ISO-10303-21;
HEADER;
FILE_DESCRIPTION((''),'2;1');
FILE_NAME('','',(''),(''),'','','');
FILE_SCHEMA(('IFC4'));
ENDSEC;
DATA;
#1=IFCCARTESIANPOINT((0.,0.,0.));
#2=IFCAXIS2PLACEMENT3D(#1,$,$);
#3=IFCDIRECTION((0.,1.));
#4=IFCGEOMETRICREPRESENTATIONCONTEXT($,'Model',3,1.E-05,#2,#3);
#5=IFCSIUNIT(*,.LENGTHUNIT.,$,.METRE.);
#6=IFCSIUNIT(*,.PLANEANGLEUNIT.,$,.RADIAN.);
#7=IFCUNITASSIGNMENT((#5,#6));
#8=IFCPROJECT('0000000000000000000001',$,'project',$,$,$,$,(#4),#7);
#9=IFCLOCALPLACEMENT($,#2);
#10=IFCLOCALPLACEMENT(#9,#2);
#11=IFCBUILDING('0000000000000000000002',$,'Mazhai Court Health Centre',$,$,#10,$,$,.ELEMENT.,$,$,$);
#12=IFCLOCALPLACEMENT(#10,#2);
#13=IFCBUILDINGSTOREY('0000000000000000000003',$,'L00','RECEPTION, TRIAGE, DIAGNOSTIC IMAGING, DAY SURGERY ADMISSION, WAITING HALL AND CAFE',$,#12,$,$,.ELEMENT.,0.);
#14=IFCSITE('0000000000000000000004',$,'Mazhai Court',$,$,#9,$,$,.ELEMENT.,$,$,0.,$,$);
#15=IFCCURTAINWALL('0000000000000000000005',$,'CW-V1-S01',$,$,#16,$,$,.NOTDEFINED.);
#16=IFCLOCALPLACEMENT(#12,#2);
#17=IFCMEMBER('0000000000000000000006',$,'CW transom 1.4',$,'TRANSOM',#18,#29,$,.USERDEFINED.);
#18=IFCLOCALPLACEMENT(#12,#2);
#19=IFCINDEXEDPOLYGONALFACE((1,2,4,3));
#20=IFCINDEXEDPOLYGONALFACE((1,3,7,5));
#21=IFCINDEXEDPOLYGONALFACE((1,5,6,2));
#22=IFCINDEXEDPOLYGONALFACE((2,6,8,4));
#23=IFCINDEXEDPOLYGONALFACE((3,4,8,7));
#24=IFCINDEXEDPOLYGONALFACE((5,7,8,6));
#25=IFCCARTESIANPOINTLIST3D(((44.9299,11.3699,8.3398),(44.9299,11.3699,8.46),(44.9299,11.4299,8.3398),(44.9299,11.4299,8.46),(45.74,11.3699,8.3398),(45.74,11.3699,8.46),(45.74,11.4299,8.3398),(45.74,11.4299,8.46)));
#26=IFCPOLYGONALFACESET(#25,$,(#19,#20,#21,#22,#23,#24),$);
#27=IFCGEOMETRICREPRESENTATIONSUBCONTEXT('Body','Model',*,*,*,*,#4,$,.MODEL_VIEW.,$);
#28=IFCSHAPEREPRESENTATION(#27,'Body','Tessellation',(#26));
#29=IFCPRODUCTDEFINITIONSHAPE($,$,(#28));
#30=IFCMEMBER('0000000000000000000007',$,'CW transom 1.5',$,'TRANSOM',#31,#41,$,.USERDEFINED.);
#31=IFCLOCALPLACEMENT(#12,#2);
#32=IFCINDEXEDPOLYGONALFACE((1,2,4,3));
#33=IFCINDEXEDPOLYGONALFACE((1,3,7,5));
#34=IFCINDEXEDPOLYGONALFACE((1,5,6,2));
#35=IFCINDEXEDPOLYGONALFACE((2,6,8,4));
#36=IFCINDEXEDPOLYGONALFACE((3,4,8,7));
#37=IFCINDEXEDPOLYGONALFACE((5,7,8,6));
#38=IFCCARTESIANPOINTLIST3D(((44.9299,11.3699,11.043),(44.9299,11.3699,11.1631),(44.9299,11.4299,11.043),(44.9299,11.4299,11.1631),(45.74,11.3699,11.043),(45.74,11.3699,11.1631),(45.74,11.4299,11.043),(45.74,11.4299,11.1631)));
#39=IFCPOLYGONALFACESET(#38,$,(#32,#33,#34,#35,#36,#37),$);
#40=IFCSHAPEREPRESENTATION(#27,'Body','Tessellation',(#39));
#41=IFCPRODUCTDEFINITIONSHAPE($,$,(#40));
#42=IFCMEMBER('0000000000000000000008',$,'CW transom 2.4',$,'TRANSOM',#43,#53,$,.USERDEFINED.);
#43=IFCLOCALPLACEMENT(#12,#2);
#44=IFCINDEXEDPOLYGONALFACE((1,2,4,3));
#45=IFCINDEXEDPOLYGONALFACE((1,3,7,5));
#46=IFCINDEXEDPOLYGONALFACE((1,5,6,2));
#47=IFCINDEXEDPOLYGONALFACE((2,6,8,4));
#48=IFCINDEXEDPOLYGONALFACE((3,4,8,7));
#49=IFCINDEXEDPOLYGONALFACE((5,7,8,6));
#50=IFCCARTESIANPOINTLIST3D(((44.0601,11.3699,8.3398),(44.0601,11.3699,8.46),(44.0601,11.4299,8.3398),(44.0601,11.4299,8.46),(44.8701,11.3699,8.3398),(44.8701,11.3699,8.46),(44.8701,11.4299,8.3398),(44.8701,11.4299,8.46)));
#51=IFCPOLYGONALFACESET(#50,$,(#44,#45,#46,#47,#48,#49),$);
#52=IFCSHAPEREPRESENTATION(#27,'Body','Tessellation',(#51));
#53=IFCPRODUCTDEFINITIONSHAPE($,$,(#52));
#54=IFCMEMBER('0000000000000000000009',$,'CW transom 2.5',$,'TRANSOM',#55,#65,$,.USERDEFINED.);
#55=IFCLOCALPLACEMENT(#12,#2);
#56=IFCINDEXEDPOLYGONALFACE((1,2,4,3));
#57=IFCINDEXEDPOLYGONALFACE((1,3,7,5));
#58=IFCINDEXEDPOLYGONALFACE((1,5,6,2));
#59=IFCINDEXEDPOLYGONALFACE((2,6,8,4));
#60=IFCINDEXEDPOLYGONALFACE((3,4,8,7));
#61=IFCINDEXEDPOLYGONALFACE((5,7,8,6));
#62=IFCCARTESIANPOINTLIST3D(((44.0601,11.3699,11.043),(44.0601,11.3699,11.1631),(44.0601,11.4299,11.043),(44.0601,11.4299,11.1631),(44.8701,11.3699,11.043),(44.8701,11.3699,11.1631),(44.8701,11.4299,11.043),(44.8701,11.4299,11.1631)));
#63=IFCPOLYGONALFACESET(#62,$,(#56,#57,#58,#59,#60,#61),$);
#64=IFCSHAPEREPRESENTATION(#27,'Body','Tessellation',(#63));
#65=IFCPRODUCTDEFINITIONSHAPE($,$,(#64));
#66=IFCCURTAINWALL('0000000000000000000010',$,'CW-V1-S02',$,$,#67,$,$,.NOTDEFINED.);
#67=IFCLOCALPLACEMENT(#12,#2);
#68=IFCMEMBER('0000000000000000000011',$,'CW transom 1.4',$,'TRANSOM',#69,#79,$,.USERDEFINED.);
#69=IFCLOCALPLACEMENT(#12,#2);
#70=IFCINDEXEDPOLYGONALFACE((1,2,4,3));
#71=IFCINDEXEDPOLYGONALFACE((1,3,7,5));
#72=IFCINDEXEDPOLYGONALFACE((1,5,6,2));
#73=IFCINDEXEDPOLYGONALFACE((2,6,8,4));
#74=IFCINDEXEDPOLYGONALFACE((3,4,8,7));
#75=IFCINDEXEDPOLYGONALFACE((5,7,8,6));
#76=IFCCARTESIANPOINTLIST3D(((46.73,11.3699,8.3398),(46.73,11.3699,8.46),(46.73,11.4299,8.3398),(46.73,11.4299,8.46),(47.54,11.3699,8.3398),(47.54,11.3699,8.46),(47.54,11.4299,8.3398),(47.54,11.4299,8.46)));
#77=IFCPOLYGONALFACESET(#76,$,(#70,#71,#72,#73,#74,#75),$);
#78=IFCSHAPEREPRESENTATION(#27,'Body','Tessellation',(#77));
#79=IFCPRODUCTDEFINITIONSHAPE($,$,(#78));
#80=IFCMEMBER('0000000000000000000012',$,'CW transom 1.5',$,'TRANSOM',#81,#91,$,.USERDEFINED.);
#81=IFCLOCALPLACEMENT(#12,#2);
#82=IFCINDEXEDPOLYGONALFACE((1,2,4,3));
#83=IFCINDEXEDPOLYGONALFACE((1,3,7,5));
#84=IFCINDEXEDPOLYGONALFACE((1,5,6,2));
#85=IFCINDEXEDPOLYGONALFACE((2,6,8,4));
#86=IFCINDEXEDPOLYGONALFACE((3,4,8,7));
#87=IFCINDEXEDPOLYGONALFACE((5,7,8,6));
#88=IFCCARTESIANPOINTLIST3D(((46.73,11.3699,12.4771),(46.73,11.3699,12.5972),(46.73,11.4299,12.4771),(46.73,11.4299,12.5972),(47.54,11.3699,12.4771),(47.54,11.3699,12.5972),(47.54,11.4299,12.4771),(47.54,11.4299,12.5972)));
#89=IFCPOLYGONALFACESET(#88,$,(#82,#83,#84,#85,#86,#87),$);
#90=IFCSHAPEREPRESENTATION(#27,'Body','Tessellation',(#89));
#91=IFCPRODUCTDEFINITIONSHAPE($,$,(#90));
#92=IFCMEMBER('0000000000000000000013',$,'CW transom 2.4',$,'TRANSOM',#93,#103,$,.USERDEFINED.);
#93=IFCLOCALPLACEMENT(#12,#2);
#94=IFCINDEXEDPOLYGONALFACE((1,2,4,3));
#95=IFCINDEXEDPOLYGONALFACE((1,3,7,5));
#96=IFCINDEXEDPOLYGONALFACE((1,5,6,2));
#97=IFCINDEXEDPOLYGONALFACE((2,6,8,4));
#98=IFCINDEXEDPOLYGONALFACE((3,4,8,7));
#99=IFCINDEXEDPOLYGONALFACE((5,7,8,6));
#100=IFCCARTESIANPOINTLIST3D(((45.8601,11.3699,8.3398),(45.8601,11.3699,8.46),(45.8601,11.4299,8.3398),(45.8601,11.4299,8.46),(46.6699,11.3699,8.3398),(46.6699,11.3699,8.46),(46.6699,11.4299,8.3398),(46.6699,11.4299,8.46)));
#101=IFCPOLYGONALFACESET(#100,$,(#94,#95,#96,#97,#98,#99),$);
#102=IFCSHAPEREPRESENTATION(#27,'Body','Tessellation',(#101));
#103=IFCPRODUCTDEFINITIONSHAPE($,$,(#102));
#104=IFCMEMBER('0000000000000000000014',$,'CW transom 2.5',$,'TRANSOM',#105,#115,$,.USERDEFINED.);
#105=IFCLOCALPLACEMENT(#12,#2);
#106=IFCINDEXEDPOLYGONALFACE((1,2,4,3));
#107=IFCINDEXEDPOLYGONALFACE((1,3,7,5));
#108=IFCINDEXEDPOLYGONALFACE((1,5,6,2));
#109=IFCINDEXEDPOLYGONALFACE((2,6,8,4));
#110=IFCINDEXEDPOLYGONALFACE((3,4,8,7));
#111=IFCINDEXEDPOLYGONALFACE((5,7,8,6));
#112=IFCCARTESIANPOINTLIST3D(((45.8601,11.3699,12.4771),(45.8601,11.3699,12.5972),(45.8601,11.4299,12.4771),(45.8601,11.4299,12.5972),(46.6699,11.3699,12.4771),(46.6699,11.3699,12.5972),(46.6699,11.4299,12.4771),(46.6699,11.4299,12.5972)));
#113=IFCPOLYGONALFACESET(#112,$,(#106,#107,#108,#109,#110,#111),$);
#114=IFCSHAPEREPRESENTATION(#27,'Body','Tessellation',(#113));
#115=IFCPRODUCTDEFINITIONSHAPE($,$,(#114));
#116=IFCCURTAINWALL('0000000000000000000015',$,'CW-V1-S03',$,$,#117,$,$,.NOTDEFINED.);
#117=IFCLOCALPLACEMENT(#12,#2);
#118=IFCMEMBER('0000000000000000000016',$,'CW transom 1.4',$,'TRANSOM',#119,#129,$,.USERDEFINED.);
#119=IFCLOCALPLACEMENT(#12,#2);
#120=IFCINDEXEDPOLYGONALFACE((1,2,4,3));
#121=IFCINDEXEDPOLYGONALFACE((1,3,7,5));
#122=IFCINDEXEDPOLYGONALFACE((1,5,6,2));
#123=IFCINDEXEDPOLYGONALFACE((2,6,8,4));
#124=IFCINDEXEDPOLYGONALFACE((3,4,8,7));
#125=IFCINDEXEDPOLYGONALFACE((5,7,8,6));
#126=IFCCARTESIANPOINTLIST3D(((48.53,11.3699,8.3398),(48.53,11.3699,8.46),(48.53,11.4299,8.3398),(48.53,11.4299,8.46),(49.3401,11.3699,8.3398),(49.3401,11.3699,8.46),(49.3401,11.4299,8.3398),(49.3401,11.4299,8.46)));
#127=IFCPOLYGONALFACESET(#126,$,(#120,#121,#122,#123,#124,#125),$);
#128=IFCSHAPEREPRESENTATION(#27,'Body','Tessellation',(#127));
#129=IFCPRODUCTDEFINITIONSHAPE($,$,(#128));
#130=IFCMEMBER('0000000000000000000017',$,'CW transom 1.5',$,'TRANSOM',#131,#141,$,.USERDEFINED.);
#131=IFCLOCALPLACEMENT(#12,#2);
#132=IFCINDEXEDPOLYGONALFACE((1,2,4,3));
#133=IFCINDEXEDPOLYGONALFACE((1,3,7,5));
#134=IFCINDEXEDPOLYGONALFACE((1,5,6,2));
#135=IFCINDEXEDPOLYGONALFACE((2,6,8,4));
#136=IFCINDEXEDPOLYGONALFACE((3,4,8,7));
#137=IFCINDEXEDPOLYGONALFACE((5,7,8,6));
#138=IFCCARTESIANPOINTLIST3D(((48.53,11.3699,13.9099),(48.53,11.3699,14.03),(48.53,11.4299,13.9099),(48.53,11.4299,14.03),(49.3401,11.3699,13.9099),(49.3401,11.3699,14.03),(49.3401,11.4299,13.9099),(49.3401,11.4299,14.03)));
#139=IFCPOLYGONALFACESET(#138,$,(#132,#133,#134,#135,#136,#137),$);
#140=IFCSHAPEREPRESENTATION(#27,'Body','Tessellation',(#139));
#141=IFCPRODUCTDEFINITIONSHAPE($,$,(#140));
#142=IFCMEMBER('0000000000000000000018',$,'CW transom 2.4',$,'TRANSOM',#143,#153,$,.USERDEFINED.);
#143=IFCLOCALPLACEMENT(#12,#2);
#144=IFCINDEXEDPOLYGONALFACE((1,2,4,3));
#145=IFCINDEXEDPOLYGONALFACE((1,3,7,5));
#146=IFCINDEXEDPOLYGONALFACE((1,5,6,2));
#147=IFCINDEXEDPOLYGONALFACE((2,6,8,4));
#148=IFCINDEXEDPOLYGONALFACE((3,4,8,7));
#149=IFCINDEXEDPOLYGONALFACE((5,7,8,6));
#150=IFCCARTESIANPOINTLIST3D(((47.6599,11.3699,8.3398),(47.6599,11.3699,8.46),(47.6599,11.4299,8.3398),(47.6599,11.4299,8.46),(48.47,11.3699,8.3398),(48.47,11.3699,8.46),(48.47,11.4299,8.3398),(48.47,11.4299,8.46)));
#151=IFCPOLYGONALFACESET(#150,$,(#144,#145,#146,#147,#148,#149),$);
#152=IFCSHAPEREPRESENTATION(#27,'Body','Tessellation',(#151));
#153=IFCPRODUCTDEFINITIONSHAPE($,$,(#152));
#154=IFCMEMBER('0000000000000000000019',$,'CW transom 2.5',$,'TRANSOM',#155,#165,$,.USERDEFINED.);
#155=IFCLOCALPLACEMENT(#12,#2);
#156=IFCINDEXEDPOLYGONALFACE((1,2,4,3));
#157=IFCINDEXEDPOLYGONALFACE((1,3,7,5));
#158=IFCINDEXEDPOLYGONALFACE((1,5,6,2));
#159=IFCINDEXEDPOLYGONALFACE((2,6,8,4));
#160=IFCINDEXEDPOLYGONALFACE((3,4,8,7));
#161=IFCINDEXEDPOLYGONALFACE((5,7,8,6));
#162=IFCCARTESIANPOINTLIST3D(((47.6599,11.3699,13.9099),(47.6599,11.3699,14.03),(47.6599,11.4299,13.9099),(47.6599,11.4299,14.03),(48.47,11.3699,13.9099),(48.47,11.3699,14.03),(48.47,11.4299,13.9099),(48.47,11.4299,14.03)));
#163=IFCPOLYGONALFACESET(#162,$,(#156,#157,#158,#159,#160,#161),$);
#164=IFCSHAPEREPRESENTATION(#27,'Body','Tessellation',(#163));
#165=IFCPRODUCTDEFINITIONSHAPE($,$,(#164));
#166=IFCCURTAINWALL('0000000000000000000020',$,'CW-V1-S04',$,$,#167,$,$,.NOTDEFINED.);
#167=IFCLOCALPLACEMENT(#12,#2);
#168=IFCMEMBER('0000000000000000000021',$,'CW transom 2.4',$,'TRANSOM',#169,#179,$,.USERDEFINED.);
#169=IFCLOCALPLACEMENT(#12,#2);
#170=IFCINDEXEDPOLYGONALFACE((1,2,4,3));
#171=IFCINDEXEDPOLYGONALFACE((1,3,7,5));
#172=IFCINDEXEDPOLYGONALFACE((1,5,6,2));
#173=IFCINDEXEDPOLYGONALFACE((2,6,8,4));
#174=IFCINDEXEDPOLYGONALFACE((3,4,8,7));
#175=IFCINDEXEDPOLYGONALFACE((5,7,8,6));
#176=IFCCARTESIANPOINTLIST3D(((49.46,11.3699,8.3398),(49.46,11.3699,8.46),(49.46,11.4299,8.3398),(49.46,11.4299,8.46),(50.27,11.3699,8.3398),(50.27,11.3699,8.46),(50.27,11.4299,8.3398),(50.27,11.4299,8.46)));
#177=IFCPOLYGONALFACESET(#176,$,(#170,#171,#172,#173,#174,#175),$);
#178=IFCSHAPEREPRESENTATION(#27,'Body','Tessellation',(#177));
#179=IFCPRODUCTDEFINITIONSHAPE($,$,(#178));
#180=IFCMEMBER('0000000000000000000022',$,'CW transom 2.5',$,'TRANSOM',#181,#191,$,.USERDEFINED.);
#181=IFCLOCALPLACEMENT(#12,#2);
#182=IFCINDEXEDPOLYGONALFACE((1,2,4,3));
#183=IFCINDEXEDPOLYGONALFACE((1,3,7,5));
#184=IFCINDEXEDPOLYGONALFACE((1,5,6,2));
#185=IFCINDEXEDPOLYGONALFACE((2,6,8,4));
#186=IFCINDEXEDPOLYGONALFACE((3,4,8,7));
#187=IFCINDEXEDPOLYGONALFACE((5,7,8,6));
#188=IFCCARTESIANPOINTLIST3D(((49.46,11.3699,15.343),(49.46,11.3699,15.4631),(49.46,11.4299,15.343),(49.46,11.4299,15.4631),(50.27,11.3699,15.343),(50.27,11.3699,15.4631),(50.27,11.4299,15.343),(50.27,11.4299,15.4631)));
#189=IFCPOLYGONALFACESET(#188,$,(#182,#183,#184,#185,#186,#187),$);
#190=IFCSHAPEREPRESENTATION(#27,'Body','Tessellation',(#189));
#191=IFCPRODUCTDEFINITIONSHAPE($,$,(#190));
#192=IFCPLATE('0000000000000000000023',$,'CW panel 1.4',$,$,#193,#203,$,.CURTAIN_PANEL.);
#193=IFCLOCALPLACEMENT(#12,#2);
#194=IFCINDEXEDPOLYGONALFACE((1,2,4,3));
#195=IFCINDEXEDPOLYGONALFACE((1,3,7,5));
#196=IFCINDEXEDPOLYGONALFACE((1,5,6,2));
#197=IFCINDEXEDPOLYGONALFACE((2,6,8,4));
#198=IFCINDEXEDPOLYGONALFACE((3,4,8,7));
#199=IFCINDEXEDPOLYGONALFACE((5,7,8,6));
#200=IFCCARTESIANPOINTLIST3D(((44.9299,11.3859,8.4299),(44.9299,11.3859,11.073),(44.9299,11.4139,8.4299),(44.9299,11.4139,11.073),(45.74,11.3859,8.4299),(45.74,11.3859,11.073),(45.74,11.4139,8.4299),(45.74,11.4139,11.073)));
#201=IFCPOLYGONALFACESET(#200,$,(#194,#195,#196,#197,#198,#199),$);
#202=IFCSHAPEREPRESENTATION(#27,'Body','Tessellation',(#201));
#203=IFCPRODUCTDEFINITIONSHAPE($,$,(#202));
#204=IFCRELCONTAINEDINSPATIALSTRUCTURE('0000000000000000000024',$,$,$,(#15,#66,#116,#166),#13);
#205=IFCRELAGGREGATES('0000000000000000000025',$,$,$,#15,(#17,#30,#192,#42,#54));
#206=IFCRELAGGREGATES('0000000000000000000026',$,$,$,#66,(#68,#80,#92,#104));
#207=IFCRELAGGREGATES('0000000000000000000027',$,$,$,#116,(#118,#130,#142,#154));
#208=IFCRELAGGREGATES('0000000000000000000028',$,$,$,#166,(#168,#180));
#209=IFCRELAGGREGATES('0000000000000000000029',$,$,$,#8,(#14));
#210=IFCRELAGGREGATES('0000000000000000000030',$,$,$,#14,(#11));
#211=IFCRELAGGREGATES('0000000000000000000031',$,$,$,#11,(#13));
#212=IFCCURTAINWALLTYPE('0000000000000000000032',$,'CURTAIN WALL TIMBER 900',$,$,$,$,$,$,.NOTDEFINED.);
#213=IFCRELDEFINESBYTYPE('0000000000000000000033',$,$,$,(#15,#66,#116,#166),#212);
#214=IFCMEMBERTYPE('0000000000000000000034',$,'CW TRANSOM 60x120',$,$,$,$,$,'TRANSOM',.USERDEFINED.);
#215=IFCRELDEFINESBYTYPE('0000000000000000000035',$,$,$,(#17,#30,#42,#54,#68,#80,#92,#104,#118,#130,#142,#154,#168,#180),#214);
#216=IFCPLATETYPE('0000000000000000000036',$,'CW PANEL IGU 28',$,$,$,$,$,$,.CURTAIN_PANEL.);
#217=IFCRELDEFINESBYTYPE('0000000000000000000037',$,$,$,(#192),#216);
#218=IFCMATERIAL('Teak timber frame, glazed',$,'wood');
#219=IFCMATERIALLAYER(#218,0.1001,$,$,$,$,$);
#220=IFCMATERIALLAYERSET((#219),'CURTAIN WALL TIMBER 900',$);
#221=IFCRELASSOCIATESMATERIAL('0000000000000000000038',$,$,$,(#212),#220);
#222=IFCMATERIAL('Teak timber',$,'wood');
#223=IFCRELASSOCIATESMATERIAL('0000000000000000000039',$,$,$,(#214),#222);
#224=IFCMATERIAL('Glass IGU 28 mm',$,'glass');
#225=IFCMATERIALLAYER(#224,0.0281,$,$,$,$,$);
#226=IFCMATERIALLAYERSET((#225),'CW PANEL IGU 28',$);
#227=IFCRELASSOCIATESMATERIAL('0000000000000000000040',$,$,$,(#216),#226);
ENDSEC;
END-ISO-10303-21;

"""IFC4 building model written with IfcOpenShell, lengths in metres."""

from ifc_helpers import new_model, si_unit, direction, frame, origin, origin_2d, place, context, subcontext, project, spatial, rectangle, extrude, material, layer, layer_set, material_profile, profile_set, type_object, element, aggregate, save


model = new_model("IFC4")

# Units and contexts
model_context = context("Model", 3, precision=1e-05, world=origin(), true_north=direction((0.0, 1.0)))
body_context = subcontext(model_context, "Body", "Model", "MODEL_VIEW")
ifc_project = project(units=[si_unit("LENGTHUNIT", "METRE"), si_unit("PLANEANGLEUNIT", "RADIAN")], contexts=[model_context])

# Site, building, storey
site_placement = place(None, origin())
site = spatial("IfcSite", under=ifc_project, at=site_placement, Name="Mazhai Court", CompositionType="ELEMENT", RefElevation=0.0)
building_placement = place(site_placement, origin())
building = spatial("IfcBuilding", under=site, at=building_placement, Name="Mazhai Court Health Centre", CompositionType="ELEMENT")
storey_placement = place(building_placement, origin())
storey = spatial("IfcBuildingStorey", under=building, at=storey_placement, Name="L00", Description="RECEPTION, TRIAGE, DIAGNOSTIC IMAGING, DAY SURGERY ADMISSION, WAITING HALL AND CAFE", CompositionType="ELEMENT", Elevation=0.0)

# Curtain walls, members
ifc_material_1 = material(Name="Teak timber frame, glazed", Category="wood")
ifc_layer_1 = layer(ifc_material_1, 0.1001)
ifc_layer_set_1 = layer_set([ifc_layer_1], Name="CURTAIN WALL TIMBER 900")
curtain_wall_type = type_object("IfcCurtainWallType", Name="CURTAIN WALL TIMBER 900", PredefinedType="NOTDEFINED", material=ifc_layer_set_1)
curtain_wall_1_placement = place(storey_placement, origin())
curtain_wall_1 = element("IfcCurtainWall", 1, at=curtain_wall_1_placement, inside=storey, type_object=curtain_wall_type, Name="CW-V1-S01", PredefinedType="NOTDEFINED")
ifc_material_2 = material(Name="Teak timber", Category="wood")
ifc_material_profile = material_profile(ifc_material_2, rectangle(XDim=0.0601, YDim=0.1201, at=origin_2d()), Name="CW TRANSOM 60x120")
ifc_profile_set = profile_set([ifc_material_profile], Name="Teak timber")
member_type = type_object("IfcMemberType", Name="CW TRANSOM 60x120", ElementType="TRANSOM", PredefinedType="USERDEFINED", material=ifc_profile_set)
member_1_placement = place(storey_placement, frame((45.74, 11.3999, 8.3999), z_axis=(-1.0, 0.0, 0.0), x_axis=(0.0, -1.0, 0.0)))
member_1 = element("IfcMember", 2, at=member_1_placement, type_object=member_type, Name="CW transom 1.4", ObjectType="TRANSOM", PredefinedType="USERDEFINED", context=body_context, shape_type="SweptSolid", body=[
    extrude(rectangle(XDim=0.0601, YDim=0.1201, at=origin_2d()), origin(), (0.0, 0.0, 1.0), 0.8101),
])
member_2_placement = place(storey_placement, frame((45.74, 11.3999, 11.103), z_axis=(-1.0, 0.0, 0.0), x_axis=(0.0, -1.0, 0.0)))
member_2 = element("IfcMember", 3, at=member_2_placement, type_object=member_type, Name="CW transom 1.5", ObjectType="TRANSOM", PredefinedType="USERDEFINED", context=body_context, shape_type="SweptSolid", body=[
    extrude(rectangle(XDim=0.0601, YDim=0.1201, at=origin_2d()), origin(), (0.0, 0.0, 1.0), 0.8101),
])
member_3_placement = place(storey_placement, frame((44.8701, 11.3999, 8.3999), z_axis=(-1.0, 0.0, 0.0), x_axis=(0.0, -1.0, 0.0)))
member_3 = element("IfcMember", 4, at=member_3_placement, type_object=member_type, Name="CW transom 2.4", ObjectType="TRANSOM", PredefinedType="USERDEFINED", context=body_context, shape_type="SweptSolid", body=[
    extrude(rectangle(XDim=0.0601, YDim=0.1201, at=origin_2d()), origin(), (0.0, 0.0, 1.0), 0.8101),
])
member_4_placement = place(storey_placement, frame((44.8701, 11.3999, 11.103), z_axis=(-1.0, 0.0, 0.0), x_axis=(0.0, -1.0, 0.0)))
member_4 = element("IfcMember", 5, at=member_4_placement, type_object=member_type, Name="CW transom 2.5", ObjectType="TRANSOM", PredefinedType="USERDEFINED", context=body_context, shape_type="SweptSolid", body=[
    extrude(rectangle(XDim=0.0601, YDim=0.1201, at=origin_2d()), origin(), (0.0, 0.0, 1.0), 0.8101),
])
curtain_wall_2_placement = place(storey_placement, origin())
curtain_wall_2 = element("IfcCurtainWall", 6, at=curtain_wall_2_placement, inside=storey, type_object=curtain_wall_type, Name="CW-V1-S02", PredefinedType="NOTDEFINED")
member_5_placement = place(storey_placement, frame((47.54, 11.3999, 8.3999), z_axis=(-1.0, 0.0, 0.0), x_axis=(0.0, -1.0, 0.0)))
member_5 = element("IfcMember", 7, at=member_5_placement, type_object=member_type, Name="CW transom 1.4", ObjectType="TRANSOM", PredefinedType="USERDEFINED", context=body_context, shape_type="SweptSolid", body=[
    extrude(rectangle(XDim=0.0601, YDim=0.1201, at=origin_2d()), origin(), (0.0, 0.0, 1.0), 0.8101),
])
member_6_placement = place(storey_placement, frame((47.54, 11.3999, 12.5371), z_axis=(-1.0, 0.0, 0.0), x_axis=(0.0, -1.0, 0.0)))
member_6 = element("IfcMember", 8, at=member_6_placement, type_object=member_type, Name="CW transom 1.5", ObjectType="TRANSOM", PredefinedType="USERDEFINED", context=body_context, shape_type="SweptSolid", body=[
    extrude(rectangle(XDim=0.0601, YDim=0.1201, at=origin_2d()), origin(), (0.0, 0.0, 1.0), 0.8101),
])
member_7_placement = place(storey_placement, frame((46.6699, 11.3999, 8.3999), z_axis=(-1.0, 0.0, 0.0), x_axis=(0.0, -1.0, 0.0)))
member_7 = element("IfcMember", 9, at=member_7_placement, type_object=member_type, Name="CW transom 2.4", ObjectType="TRANSOM", PredefinedType="USERDEFINED", context=body_context, shape_type="SweptSolid", body=[
    extrude(rectangle(XDim=0.0601, YDim=0.1201, at=origin_2d()), origin(), (0.0, 0.0, 1.0), 0.8098),
])
member_8_placement = place(storey_placement, frame((46.6699, 11.3999, 12.5371), z_axis=(-1.0, 0.0, 0.0), x_axis=(0.0, -1.0, 0.0)))
member_8 = element("IfcMember", 10, at=member_8_placement, type_object=member_type, Name="CW transom 2.5", ObjectType="TRANSOM", PredefinedType="USERDEFINED", context=body_context, shape_type="SweptSolid", body=[
    extrude(rectangle(XDim=0.0601, YDim=0.1201, at=origin_2d()), origin(), (0.0, 0.0, 1.0), 0.8098),
])
curtain_wall_3_placement = place(storey_placement, origin())
curtain_wall_3 = element("IfcCurtainWall", 11, at=curtain_wall_3_placement, inside=storey, type_object=curtain_wall_type, Name="CW-V1-S03", PredefinedType="NOTDEFINED")
member_9_placement = place(storey_placement, frame((49.3401, 11.3999, 8.3999), z_axis=(-1.0, 0.0, 0.0), x_axis=(0.0, -1.0, 0.0)))
member_9 = element("IfcMember", 12, at=member_9_placement, type_object=member_type, Name="CW transom 1.4", ObjectType="TRANSOM", PredefinedType="USERDEFINED", context=body_context, shape_type="SweptSolid", body=[
    extrude(rectangle(XDim=0.0601, YDim=0.1201, at=origin_2d()), origin(), (0.0, 0.0, 1.0), 0.8101),
])
member_10_placement = place(storey_placement, frame((49.3401, 11.3999, 13.97), z_axis=(-1.0, 0.0, 0.0), x_axis=(0.0, -1.0, 0.0)))
member_10 = element("IfcMember", 13, at=member_10_placement, type_object=member_type, Name="CW transom 1.5", ObjectType="TRANSOM", PredefinedType="USERDEFINED", context=body_context, shape_type="SweptSolid", body=[
    extrude(rectangle(XDim=0.0601, YDim=0.1201, at=origin_2d()), origin(), (0.0, 0.0, 1.0), 0.8101),
])
member_11_placement = place(storey_placement, frame((48.47, 11.3999, 8.3999), z_axis=(-1.0, 0.0, 0.0), x_axis=(0.0, -1.0, 0.0)))
member_11 = element("IfcMember", 14, at=member_11_placement, type_object=member_type, Name="CW transom 2.4", ObjectType="TRANSOM", PredefinedType="USERDEFINED", context=body_context, shape_type="SweptSolid", body=[
    extrude(rectangle(XDim=0.0601, YDim=0.1201, at=origin_2d()), origin(), (0.0, 0.0, 1.0), 0.8101),
])
member_12_placement = place(storey_placement, frame((48.47, 11.3999, 13.97), z_axis=(-1.0, 0.0, 0.0), x_axis=(0.0, -1.0, 0.0)))
member_12 = element("IfcMember", 15, at=member_12_placement, type_object=member_type, Name="CW transom 2.5", ObjectType="TRANSOM", PredefinedType="USERDEFINED", context=body_context, shape_type="SweptSolid", body=[
    extrude(rectangle(XDim=0.0601, YDim=0.1201, at=origin_2d()), origin(), (0.0, 0.0, 1.0), 0.8101),
])
curtain_wall_4_placement = place(storey_placement, origin())
curtain_wall_4 = element("IfcCurtainWall", 16, at=curtain_wall_4_placement, inside=storey, type_object=curtain_wall_type, Name="CW-V1-S04", PredefinedType="NOTDEFINED")
member_13_placement = place(storey_placement, frame((50.27, 11.3999, 8.3999), z_axis=(-1.0, 0.0, 0.0), x_axis=(0.0, -1.0, 0.0)))
member_13 = element("IfcMember", 17, at=member_13_placement, type_object=member_type, Name="CW transom 2.4", ObjectType="TRANSOM", PredefinedType="USERDEFINED", context=body_context, shape_type="SweptSolid", body=[
    extrude(rectangle(XDim=0.0601, YDim=0.1201, at=origin_2d()), origin(), (0.0, 0.0, 1.0), 0.8101),
])
member_14_placement = place(storey_placement, frame((50.27, 11.3999, 15.4031), z_axis=(-1.0, 0.0, 0.0), x_axis=(0.0, -1.0, 0.0)))
member_14 = element("IfcMember", 18, at=member_14_placement, type_object=member_type, Name="CW transom 2.5", ObjectType="TRANSOM", PredefinedType="USERDEFINED", context=body_context, shape_type="SweptSolid", body=[
    extrude(rectangle(XDim=0.0601, YDim=0.1201, at=origin_2d()), origin(), (0.0, 0.0, 1.0), 0.8101),
])

# Plate
ifc_material_3 = material(Name="Glass IGU 28 mm", Category="glass")
ifc_layer_2 = layer(ifc_material_3, 0.0281)
ifc_layer_set_2 = layer_set([ifc_layer_2], Name="CW PANEL IGU 28")
plate_type = type_object("IfcPlateType", Name="CW PANEL IGU 28", PredefinedType="CURTAIN_PANEL", material=ifc_layer_set_2)
plate_1_placement = place(storey_placement, frame((45.335, 11.3999, 8.4299), z_axis=(0.0, 0.0, 1.0), x_axis=(-1.0, 0.0, 0.0)))
plate_1 = element("IfcPlate", 19, at=plate_1_placement, type_object=plate_type, Name="CW panel 1.4", PredefinedType="CURTAIN_PANEL", context=body_context, shape_type="SweptSolid", body=[
    extrude(rectangle(XDim=0.8101, YDim=0.0281, at=origin_2d()), origin(), (0.0, 0.0, 1.0), 2.6431),
])
aggregate(curtain_wall_1, [member_1, member_2, plate_1, member_3, member_4])
aggregate(curtain_wall_2, [member_5, member_6, member_7, member_8])
aggregate(curtain_wall_3, [member_9, member_10, member_11, member_12])
aggregate(curtain_wall_4, [member_13, member_14])

save(model, "model.ifc")
